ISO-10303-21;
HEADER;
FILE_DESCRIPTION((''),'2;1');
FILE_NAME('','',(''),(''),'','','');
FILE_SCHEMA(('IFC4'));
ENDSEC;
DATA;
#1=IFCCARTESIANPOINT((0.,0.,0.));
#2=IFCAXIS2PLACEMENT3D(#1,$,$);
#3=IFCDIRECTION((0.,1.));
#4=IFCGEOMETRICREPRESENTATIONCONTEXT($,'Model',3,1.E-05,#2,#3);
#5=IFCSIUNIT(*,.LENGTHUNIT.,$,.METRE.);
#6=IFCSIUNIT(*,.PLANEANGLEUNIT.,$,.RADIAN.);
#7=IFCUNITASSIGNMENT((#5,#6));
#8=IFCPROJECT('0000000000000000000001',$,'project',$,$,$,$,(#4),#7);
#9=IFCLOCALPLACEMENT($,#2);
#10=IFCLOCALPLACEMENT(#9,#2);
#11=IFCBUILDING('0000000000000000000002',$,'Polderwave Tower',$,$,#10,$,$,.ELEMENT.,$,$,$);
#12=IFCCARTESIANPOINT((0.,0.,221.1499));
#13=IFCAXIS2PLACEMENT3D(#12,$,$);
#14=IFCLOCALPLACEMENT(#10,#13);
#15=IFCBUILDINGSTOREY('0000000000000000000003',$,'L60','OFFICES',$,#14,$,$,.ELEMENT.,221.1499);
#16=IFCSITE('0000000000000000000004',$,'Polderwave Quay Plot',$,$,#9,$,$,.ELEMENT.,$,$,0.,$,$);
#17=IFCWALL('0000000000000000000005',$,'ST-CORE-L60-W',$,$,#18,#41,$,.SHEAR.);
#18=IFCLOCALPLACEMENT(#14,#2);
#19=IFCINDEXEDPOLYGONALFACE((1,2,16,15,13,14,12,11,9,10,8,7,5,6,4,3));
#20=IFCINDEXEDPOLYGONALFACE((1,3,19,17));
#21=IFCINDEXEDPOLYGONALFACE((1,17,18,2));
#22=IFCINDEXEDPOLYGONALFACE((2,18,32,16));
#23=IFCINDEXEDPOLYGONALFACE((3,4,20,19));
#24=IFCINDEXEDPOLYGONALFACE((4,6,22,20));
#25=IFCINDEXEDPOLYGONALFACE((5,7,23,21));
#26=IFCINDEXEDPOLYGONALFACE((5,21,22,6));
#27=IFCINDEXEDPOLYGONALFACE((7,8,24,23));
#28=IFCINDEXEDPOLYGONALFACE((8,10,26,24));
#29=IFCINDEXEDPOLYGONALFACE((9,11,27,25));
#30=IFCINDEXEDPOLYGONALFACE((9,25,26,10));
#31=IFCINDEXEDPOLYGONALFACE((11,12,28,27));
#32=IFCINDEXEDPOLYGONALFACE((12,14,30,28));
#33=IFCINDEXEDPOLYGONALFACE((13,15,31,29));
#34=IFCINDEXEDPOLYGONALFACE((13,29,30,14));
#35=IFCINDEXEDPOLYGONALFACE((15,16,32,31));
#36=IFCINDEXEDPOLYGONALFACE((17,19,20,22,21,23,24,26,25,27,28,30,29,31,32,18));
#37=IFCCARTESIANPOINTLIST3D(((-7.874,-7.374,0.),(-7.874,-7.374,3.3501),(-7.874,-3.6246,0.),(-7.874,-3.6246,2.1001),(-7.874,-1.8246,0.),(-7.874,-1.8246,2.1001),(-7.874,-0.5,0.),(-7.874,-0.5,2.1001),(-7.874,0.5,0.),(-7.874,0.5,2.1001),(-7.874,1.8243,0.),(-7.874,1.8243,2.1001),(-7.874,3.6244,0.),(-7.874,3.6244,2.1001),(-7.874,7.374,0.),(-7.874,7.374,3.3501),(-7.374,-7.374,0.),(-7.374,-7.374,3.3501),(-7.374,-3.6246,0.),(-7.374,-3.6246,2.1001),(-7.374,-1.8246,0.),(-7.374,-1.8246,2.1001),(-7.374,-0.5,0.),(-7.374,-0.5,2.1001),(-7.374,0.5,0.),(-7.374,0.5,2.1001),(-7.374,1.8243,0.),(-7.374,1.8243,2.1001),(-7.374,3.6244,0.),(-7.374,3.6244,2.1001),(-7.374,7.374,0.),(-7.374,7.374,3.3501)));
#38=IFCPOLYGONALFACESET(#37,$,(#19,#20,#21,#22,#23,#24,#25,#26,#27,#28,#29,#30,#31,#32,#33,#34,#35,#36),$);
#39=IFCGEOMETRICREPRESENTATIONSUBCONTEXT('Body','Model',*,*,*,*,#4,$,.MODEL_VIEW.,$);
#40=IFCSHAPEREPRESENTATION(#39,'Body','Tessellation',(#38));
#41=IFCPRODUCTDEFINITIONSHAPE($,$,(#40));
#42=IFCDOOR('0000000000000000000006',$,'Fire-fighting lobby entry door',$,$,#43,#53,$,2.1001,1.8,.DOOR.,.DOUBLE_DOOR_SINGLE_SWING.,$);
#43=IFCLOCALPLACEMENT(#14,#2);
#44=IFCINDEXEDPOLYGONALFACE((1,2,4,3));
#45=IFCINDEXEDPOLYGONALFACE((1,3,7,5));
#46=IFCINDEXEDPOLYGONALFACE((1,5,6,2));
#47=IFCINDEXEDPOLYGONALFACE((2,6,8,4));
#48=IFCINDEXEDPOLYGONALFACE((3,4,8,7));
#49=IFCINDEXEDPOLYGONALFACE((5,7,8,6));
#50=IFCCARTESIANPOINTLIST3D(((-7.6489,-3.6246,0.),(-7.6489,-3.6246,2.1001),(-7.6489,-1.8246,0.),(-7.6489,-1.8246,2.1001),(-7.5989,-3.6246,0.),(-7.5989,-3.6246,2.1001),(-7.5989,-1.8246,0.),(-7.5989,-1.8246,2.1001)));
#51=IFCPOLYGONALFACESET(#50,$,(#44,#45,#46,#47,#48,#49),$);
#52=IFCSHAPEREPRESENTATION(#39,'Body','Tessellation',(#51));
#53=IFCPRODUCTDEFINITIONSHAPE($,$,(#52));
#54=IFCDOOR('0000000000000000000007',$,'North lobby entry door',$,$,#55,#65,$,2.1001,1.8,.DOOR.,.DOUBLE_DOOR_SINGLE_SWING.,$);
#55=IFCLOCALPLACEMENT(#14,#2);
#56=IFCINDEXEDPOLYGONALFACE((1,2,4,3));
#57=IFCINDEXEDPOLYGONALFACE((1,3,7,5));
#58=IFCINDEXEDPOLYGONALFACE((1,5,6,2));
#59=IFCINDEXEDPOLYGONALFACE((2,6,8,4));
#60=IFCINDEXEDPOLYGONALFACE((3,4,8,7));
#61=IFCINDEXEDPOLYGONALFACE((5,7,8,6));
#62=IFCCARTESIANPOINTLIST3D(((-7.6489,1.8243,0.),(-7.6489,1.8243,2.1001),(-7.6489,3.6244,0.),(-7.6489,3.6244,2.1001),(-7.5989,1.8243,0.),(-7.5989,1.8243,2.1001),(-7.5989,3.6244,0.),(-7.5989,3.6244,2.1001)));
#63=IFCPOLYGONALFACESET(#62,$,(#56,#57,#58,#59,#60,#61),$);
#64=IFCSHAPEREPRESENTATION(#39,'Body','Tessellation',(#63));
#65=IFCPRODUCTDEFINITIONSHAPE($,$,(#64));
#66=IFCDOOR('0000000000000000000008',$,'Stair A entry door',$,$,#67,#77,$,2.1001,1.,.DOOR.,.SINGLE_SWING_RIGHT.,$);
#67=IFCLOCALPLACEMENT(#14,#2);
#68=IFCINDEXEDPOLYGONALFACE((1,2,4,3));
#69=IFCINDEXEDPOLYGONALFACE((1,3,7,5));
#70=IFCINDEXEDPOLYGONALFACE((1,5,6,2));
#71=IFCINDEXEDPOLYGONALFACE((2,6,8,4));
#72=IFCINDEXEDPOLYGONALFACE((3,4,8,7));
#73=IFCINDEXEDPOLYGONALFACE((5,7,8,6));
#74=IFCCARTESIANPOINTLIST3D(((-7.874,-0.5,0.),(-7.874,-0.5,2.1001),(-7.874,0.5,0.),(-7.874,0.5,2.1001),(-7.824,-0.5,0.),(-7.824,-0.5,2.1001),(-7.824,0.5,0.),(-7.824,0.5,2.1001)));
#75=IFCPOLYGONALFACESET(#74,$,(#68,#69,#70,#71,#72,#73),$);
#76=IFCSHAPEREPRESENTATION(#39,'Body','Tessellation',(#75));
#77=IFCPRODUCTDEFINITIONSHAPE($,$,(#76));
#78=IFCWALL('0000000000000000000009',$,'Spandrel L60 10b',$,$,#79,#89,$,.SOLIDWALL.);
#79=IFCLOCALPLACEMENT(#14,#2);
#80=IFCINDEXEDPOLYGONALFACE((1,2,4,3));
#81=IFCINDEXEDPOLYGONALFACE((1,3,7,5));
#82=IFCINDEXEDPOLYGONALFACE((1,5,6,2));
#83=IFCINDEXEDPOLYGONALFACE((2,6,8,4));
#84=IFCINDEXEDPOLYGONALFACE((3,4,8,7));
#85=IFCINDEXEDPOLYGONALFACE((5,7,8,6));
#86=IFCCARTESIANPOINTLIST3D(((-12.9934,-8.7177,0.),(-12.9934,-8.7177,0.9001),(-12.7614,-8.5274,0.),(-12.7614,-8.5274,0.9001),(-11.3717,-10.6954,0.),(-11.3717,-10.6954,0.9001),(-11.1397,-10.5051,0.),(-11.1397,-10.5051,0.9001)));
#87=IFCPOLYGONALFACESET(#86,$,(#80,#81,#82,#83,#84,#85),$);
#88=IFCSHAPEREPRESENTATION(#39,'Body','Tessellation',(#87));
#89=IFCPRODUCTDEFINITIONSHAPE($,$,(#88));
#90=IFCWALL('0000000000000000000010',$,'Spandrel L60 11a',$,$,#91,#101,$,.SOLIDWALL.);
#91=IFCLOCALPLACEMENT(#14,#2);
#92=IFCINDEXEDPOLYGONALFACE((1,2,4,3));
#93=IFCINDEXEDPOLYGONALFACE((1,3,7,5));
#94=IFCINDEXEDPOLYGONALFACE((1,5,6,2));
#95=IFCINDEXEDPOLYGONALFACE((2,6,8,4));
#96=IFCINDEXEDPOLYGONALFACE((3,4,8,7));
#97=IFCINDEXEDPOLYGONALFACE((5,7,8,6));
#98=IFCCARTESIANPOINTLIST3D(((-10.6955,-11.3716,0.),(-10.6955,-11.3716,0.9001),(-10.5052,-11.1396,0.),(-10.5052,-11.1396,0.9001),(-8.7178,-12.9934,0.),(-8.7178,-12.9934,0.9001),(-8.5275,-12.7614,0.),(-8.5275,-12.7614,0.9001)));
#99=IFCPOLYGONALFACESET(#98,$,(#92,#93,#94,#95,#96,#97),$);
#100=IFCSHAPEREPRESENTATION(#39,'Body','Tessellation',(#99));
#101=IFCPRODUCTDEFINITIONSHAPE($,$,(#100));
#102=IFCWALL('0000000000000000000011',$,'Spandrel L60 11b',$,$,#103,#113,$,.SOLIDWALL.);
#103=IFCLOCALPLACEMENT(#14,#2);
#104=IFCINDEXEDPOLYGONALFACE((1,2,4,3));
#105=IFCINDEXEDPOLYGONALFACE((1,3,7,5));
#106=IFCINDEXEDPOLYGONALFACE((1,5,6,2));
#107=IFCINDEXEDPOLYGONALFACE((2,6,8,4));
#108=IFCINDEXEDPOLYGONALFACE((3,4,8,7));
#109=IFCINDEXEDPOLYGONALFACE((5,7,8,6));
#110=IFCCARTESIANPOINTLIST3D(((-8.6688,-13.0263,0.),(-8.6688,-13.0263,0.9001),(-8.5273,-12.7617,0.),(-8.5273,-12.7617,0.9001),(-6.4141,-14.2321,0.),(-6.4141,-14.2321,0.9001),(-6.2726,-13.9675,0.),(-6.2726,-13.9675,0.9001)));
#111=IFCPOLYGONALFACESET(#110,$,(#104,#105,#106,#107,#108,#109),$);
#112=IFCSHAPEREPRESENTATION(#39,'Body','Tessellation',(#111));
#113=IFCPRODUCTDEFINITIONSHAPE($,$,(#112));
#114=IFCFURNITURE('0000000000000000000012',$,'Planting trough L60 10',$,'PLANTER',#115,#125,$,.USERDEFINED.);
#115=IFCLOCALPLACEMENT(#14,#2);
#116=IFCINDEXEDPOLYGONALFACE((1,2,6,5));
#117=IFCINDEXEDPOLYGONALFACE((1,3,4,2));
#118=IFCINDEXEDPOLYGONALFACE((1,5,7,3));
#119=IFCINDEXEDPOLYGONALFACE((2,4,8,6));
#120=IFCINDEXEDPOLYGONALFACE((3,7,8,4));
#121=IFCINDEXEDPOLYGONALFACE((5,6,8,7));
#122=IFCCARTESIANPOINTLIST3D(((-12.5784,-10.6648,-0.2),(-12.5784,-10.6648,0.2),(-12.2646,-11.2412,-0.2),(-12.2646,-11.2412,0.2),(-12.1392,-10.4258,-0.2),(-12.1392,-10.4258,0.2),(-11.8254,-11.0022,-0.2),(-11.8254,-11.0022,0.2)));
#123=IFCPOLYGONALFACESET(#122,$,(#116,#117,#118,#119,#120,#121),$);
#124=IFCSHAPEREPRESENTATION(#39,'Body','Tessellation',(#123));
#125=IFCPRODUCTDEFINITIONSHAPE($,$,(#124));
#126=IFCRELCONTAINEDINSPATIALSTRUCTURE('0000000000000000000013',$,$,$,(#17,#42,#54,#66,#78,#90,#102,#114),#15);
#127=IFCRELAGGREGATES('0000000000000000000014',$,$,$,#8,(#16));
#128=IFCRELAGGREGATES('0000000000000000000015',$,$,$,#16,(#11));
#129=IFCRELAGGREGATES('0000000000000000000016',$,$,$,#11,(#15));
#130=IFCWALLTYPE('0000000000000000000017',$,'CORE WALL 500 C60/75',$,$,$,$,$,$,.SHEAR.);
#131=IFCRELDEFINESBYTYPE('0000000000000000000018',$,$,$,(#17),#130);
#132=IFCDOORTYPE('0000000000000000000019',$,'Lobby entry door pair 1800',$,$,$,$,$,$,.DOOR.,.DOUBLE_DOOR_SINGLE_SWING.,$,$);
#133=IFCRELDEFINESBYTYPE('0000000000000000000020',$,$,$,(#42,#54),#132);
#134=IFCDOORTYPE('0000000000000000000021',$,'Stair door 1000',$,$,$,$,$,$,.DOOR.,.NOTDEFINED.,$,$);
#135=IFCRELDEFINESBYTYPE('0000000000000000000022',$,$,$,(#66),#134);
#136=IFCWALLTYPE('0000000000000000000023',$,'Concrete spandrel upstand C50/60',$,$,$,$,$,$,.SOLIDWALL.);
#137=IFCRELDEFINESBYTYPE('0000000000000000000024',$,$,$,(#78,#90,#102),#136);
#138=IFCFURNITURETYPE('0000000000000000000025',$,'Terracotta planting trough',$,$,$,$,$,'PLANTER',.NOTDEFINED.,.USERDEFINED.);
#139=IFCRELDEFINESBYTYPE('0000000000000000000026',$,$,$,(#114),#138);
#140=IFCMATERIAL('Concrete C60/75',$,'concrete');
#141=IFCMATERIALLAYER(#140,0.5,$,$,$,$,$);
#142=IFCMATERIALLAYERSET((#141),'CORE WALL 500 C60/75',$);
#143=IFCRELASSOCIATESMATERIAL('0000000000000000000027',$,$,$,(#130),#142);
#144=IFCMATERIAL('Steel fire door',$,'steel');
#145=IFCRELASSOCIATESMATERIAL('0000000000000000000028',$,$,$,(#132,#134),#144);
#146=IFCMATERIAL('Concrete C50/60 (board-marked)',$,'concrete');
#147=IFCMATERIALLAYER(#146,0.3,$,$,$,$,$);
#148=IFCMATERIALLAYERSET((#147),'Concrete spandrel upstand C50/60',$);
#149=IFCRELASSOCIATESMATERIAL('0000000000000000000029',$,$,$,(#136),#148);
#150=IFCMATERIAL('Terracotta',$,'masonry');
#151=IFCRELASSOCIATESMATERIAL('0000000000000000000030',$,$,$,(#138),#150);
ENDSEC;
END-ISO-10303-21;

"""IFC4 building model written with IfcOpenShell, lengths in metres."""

from ifc_helpers import new_model, si_unit, direction, frame, frame_2d, origin, origin_2d, place, context, subcontext, project, spatial, rectangle, extrude, material, layer, layer_set, type_object, element, fill, save


model = new_model("IFC4")

# Units and contexts
model_context = context("Model", 3, precision=1e-05, world=origin(), true_north=direction((0.0, 1.0)))
body_context = subcontext(model_context, "Body", "Model", "MODEL_VIEW")
ifc_project = project(units=[si_unit("LENGTHUNIT", "METRE"), si_unit("PLANEANGLEUNIT", "RADIAN")], contexts=[model_context])

# Site, building, storey
site_placement = place(None, origin())
site = spatial("IfcSite", under=ifc_project, at=site_placement, Name="Polderwave Quay Plot", CompositionType="ELEMENT", RefElevation=0.0)
building_placement = place(site_placement, origin())
building = spatial("IfcBuilding", under=site, at=building_placement, Name="Polderwave Tower", CompositionType="ELEMENT")
storey_placement = place(building_placement, frame((0.0, 0.0, 221.1499)))
storey = spatial("IfcBuildingStorey", under=building, at=storey_placement, Name="L60", Description="OFFICES", CompositionType="ELEMENT", Elevation=221.1499)

# Shared definitions
ifc_material_1 = material(Name="Concrete C60/75", Category="concrete")

# Shared definitions
ifc_layer_1 = layer(ifc_material_1, 0.5)
ifc_layer_set_1 = layer_set([ifc_layer_1], Name="CORE WALL 500 C60/75")
wall_type_1 = type_object("IfcWallType", Name="CORE WALL 500 C60/75", PredefinedType="SHEAR", material=ifc_layer_set_1)

# Wall, openings, doors
wall_1_placement = place(storey_placement, frame((-7.624, -7.374, 0.0), z_axis=(0.0, 0.0, 1.0), x_axis=(0.0, 1.0, 0.0)))
wall_1 = element("IfcWall", 1, at=wall_1_placement, inside=storey, type_object=wall_type_1, Name="ST-CORE-L60-W", PredefinedType="SHEAR", context=body_context, shape_type="SweptSolid", body=[
    extrude(rectangle(XDim=14.748, YDim=0.5, at=frame_2d((7.374, 0.0))), origin(), (0.0, 0.0, 1.0), 3.3501),
])
opening_1_placement = place(wall_1_placement, frame((6.874, 0.0, 0.0)))
opening_1 = element("IfcOpeningElement", 2, at=opening_1_placement, cuts=wall_1, PredefinedType="OPENING", context=body_context, shape_type="SweptSolid", body=[
    extrude(rectangle(XDim=1.0, YDim=2.1001, at=frame_2d((0.5, 1.05))), frame((0.0, 0.26, 0.0), z_axis=(0.0, -1.0, 0.0), x_axis=(1.0, 0.0, 0.0)), (0.0, 0.0, 1.0), 0.52),
])
opening_2_placement = place(wall_1_placement, frame((3.7495, 0.0, 0.0)))
opening_2 = element("IfcOpeningElement", 3, at=opening_2_placement, cuts=wall_1, PredefinedType="OPENING", context=body_context, shape_type="SweptSolid", body=[
    extrude(rectangle(XDim=1.8, YDim=2.1001, at=frame_2d((0.8999, 1.05))), frame((0.0, 0.26, 0.0), z_axis=(0.0, -1.0, 0.0), x_axis=(1.0, 0.0, 0.0)), (0.0, 0.0, 1.0), 0.52),
])
opening_3_placement = place(wall_1_placement, frame((9.1985, 0.0, 0.0)))
opening_3 = element("IfcOpeningElement", 4, at=opening_3_placement, cuts=wall_1, PredefinedType="OPENING", context=body_context, shape_type="SweptSolid", body=[
    extrude(rectangle(XDim=1.8, YDim=2.1001, at=frame_2d((0.8999, 1.05))), frame((0.0, 0.26, 0.0), z_axis=(0.0, -1.0, 0.0), x_axis=(1.0, 0.0, 0.0)), (0.0, 0.0, 1.0), 0.52),
])
ifc_material_2 = material(Name="Steel fire door", Category="steel")
door_type_1 = type_object("IfcDoorType", Name="Lobby entry door pair 1800", OperationType="DOUBLE_DOOR_SINGLE_SWING", PredefinedType="DOOR", material=ifc_material_2)
door_1_placement = place(opening_2_placement, origin())
door_1 = element("IfcDoor", 5, at=door_1_placement, inside=storey, type_object=door_type_1, Name="Fire-fighting lobby entry door", OperationType="DOUBLE_DOOR_SINGLE_SWING", OverallHeight=2.1001, OverallWidth=1.8, PredefinedType="DOOR", context=body_context, shape_type="SweptSolid", body=[
    extrude(rectangle(XDim=1.8, YDim=2.1001, at=frame_2d((0.8999, 1.05))), frame((0.0, 0.0249, 0.0), z_axis=(0.0, -1.0, 0.0), x_axis=(1.0, 0.0, 0.0)), (0.0, 0.0, 1.0), 0.05),
])
fill(opening_2, door_1)
door_2_placement = place(opening_3_placement, origin())
door_2 = element("IfcDoor", 6, at=door_2_placement, inside=storey, type_object=door_type_1, Name="North lobby entry door", OperationType="DOUBLE_DOOR_SINGLE_SWING", OverallHeight=2.1001, OverallWidth=1.8, PredefinedType="DOOR", context=body_context, shape_type="SweptSolid", body=[
    extrude(rectangle(XDim=1.8, YDim=2.1001, at=frame_2d((0.8999, 1.05))), frame((0.0, 0.0249, 0.0), z_axis=(0.0, -1.0, 0.0), x_axis=(1.0, 0.0, 0.0)), (0.0, 0.0, 1.0), 0.05),
])
fill(opening_3, door_2)
door_type_2 = type_object("IfcDoorType", Name="Stair door 1000", OperationType="NOTDEFINED", PredefinedType="DOOR", material=ifc_material_2)
door_3_placement = place(opening_1_placement, origin())
door_3 = element("IfcDoor", 7, at=door_3_placement, inside=storey, type_object=door_type_2, Name="Stair A entry door", OperationType="SINGLE_SWING_RIGHT", OverallHeight=2.1001, OverallWidth=1.0, PredefinedType="DOOR", context=body_context, shape_type="SweptSolid", body=[
    extrude(rectangle(XDim=1.0, YDim=2.1001, at=frame_2d((0.5, 1.05))), frame((0.0, 0.25, 0.0), z_axis=(0.0, -1.0, 0.0), x_axis=(1.0, 0.0, 0.0)), (0.0, 0.0, 1.0), 0.05),
])
fill(opening_1, door_3)

# Walls
ifc_material_3 = material(Name="Concrete C50/60 (board-marked)", Category="concrete")
ifc_layer_2 = layer(ifc_material_3, 0.3)
ifc_layer_set_2 = layer_set([ifc_layer_2], Name="Concrete spandrel upstand C50/60")
wall_type_2 = type_object("IfcWallType", Name="Concrete spandrel upstand C50/60", PredefinedType="SOLIDWALL", material=ifc_layer_set_2)
for number, where, z_axis, x_axis, name in (
    (8, (-12.8774, -8.6226, 0.0), (0.0, 0.0, 1.0), (0.63409, -0.773259, 0.0), "Spandrel L60 10b"),
    (9, (-10.6003, -11.2556, 0.0), (0.0, 0.0, 1.0), (0.773259, -0.63409, 0.0), "Spandrel L60 11a"),
):
    element("IfcWall", number, at=place(storey_placement, frame(where, z_axis=z_axis, x_axis=x_axis)), inside=storey, type_object=wall_type_2, Name=name, PredefinedType="SOLIDWALL", context=body_context, shape_type="SweptSolid", body=[
        extrude(rectangle(XDim=2.5576, YDim=0.3, at=frame_2d((1.2788, 0.0))), origin(), (0.0, 0.0, 1.0), 0.9001),
    ])
wall_2_placement = place(storey_placement, frame((-8.5979, -12.894, 0.0), z_axis=(0.0, 0.0, 1.0), x_axis=(0.88181, -0.471604, 0.0)))
element("IfcWall", 10, at=wall_2_placement, inside=storey, type_object=wall_type_2, Name="Spandrel L60 11b", PredefinedType="SOLIDWALL", context=body_context, shape_type="SweptSolid", body=[
    extrude(rectangle(XDim=2.5569, YDim=0.3, at=frame_2d((1.2783, 0.0))), origin(), (0.0, 0.0, 1.0), 0.9001),
])

# Furniture
ifc_material_4 = material(Name="Terracotta", Category="masonry")
furniture_type = type_object("IfcFurnitureType", Name="Terracotta planting trough", ElementType="PLANTER", AssemblyPlace="NOTDEFINED", PredefinedType="USERDEFINED", material=ifc_material_4)
furniture_placement = place(storey_placement, frame((-12.2019, -10.8335, -0.2), z_axis=(0.0, 0.0, 1.0), x_axis=(0.478134, -0.878287, 0.0)))
element("IfcFurniture", 11, at=furniture_placement, inside=storey, type_object=furniture_type, Name="Planting trough L60 10", ObjectType="PLANTER", PredefinedType="USERDEFINED", context=body_context, shape_type="SweptSolid", body=[
    extrude(rectangle(XDim=0.6562, YDim=0.5, at=origin_2d()), origin(), (0.0, 0.0, 1.0), 0.3999),
])

save(model, "model.ifc")
